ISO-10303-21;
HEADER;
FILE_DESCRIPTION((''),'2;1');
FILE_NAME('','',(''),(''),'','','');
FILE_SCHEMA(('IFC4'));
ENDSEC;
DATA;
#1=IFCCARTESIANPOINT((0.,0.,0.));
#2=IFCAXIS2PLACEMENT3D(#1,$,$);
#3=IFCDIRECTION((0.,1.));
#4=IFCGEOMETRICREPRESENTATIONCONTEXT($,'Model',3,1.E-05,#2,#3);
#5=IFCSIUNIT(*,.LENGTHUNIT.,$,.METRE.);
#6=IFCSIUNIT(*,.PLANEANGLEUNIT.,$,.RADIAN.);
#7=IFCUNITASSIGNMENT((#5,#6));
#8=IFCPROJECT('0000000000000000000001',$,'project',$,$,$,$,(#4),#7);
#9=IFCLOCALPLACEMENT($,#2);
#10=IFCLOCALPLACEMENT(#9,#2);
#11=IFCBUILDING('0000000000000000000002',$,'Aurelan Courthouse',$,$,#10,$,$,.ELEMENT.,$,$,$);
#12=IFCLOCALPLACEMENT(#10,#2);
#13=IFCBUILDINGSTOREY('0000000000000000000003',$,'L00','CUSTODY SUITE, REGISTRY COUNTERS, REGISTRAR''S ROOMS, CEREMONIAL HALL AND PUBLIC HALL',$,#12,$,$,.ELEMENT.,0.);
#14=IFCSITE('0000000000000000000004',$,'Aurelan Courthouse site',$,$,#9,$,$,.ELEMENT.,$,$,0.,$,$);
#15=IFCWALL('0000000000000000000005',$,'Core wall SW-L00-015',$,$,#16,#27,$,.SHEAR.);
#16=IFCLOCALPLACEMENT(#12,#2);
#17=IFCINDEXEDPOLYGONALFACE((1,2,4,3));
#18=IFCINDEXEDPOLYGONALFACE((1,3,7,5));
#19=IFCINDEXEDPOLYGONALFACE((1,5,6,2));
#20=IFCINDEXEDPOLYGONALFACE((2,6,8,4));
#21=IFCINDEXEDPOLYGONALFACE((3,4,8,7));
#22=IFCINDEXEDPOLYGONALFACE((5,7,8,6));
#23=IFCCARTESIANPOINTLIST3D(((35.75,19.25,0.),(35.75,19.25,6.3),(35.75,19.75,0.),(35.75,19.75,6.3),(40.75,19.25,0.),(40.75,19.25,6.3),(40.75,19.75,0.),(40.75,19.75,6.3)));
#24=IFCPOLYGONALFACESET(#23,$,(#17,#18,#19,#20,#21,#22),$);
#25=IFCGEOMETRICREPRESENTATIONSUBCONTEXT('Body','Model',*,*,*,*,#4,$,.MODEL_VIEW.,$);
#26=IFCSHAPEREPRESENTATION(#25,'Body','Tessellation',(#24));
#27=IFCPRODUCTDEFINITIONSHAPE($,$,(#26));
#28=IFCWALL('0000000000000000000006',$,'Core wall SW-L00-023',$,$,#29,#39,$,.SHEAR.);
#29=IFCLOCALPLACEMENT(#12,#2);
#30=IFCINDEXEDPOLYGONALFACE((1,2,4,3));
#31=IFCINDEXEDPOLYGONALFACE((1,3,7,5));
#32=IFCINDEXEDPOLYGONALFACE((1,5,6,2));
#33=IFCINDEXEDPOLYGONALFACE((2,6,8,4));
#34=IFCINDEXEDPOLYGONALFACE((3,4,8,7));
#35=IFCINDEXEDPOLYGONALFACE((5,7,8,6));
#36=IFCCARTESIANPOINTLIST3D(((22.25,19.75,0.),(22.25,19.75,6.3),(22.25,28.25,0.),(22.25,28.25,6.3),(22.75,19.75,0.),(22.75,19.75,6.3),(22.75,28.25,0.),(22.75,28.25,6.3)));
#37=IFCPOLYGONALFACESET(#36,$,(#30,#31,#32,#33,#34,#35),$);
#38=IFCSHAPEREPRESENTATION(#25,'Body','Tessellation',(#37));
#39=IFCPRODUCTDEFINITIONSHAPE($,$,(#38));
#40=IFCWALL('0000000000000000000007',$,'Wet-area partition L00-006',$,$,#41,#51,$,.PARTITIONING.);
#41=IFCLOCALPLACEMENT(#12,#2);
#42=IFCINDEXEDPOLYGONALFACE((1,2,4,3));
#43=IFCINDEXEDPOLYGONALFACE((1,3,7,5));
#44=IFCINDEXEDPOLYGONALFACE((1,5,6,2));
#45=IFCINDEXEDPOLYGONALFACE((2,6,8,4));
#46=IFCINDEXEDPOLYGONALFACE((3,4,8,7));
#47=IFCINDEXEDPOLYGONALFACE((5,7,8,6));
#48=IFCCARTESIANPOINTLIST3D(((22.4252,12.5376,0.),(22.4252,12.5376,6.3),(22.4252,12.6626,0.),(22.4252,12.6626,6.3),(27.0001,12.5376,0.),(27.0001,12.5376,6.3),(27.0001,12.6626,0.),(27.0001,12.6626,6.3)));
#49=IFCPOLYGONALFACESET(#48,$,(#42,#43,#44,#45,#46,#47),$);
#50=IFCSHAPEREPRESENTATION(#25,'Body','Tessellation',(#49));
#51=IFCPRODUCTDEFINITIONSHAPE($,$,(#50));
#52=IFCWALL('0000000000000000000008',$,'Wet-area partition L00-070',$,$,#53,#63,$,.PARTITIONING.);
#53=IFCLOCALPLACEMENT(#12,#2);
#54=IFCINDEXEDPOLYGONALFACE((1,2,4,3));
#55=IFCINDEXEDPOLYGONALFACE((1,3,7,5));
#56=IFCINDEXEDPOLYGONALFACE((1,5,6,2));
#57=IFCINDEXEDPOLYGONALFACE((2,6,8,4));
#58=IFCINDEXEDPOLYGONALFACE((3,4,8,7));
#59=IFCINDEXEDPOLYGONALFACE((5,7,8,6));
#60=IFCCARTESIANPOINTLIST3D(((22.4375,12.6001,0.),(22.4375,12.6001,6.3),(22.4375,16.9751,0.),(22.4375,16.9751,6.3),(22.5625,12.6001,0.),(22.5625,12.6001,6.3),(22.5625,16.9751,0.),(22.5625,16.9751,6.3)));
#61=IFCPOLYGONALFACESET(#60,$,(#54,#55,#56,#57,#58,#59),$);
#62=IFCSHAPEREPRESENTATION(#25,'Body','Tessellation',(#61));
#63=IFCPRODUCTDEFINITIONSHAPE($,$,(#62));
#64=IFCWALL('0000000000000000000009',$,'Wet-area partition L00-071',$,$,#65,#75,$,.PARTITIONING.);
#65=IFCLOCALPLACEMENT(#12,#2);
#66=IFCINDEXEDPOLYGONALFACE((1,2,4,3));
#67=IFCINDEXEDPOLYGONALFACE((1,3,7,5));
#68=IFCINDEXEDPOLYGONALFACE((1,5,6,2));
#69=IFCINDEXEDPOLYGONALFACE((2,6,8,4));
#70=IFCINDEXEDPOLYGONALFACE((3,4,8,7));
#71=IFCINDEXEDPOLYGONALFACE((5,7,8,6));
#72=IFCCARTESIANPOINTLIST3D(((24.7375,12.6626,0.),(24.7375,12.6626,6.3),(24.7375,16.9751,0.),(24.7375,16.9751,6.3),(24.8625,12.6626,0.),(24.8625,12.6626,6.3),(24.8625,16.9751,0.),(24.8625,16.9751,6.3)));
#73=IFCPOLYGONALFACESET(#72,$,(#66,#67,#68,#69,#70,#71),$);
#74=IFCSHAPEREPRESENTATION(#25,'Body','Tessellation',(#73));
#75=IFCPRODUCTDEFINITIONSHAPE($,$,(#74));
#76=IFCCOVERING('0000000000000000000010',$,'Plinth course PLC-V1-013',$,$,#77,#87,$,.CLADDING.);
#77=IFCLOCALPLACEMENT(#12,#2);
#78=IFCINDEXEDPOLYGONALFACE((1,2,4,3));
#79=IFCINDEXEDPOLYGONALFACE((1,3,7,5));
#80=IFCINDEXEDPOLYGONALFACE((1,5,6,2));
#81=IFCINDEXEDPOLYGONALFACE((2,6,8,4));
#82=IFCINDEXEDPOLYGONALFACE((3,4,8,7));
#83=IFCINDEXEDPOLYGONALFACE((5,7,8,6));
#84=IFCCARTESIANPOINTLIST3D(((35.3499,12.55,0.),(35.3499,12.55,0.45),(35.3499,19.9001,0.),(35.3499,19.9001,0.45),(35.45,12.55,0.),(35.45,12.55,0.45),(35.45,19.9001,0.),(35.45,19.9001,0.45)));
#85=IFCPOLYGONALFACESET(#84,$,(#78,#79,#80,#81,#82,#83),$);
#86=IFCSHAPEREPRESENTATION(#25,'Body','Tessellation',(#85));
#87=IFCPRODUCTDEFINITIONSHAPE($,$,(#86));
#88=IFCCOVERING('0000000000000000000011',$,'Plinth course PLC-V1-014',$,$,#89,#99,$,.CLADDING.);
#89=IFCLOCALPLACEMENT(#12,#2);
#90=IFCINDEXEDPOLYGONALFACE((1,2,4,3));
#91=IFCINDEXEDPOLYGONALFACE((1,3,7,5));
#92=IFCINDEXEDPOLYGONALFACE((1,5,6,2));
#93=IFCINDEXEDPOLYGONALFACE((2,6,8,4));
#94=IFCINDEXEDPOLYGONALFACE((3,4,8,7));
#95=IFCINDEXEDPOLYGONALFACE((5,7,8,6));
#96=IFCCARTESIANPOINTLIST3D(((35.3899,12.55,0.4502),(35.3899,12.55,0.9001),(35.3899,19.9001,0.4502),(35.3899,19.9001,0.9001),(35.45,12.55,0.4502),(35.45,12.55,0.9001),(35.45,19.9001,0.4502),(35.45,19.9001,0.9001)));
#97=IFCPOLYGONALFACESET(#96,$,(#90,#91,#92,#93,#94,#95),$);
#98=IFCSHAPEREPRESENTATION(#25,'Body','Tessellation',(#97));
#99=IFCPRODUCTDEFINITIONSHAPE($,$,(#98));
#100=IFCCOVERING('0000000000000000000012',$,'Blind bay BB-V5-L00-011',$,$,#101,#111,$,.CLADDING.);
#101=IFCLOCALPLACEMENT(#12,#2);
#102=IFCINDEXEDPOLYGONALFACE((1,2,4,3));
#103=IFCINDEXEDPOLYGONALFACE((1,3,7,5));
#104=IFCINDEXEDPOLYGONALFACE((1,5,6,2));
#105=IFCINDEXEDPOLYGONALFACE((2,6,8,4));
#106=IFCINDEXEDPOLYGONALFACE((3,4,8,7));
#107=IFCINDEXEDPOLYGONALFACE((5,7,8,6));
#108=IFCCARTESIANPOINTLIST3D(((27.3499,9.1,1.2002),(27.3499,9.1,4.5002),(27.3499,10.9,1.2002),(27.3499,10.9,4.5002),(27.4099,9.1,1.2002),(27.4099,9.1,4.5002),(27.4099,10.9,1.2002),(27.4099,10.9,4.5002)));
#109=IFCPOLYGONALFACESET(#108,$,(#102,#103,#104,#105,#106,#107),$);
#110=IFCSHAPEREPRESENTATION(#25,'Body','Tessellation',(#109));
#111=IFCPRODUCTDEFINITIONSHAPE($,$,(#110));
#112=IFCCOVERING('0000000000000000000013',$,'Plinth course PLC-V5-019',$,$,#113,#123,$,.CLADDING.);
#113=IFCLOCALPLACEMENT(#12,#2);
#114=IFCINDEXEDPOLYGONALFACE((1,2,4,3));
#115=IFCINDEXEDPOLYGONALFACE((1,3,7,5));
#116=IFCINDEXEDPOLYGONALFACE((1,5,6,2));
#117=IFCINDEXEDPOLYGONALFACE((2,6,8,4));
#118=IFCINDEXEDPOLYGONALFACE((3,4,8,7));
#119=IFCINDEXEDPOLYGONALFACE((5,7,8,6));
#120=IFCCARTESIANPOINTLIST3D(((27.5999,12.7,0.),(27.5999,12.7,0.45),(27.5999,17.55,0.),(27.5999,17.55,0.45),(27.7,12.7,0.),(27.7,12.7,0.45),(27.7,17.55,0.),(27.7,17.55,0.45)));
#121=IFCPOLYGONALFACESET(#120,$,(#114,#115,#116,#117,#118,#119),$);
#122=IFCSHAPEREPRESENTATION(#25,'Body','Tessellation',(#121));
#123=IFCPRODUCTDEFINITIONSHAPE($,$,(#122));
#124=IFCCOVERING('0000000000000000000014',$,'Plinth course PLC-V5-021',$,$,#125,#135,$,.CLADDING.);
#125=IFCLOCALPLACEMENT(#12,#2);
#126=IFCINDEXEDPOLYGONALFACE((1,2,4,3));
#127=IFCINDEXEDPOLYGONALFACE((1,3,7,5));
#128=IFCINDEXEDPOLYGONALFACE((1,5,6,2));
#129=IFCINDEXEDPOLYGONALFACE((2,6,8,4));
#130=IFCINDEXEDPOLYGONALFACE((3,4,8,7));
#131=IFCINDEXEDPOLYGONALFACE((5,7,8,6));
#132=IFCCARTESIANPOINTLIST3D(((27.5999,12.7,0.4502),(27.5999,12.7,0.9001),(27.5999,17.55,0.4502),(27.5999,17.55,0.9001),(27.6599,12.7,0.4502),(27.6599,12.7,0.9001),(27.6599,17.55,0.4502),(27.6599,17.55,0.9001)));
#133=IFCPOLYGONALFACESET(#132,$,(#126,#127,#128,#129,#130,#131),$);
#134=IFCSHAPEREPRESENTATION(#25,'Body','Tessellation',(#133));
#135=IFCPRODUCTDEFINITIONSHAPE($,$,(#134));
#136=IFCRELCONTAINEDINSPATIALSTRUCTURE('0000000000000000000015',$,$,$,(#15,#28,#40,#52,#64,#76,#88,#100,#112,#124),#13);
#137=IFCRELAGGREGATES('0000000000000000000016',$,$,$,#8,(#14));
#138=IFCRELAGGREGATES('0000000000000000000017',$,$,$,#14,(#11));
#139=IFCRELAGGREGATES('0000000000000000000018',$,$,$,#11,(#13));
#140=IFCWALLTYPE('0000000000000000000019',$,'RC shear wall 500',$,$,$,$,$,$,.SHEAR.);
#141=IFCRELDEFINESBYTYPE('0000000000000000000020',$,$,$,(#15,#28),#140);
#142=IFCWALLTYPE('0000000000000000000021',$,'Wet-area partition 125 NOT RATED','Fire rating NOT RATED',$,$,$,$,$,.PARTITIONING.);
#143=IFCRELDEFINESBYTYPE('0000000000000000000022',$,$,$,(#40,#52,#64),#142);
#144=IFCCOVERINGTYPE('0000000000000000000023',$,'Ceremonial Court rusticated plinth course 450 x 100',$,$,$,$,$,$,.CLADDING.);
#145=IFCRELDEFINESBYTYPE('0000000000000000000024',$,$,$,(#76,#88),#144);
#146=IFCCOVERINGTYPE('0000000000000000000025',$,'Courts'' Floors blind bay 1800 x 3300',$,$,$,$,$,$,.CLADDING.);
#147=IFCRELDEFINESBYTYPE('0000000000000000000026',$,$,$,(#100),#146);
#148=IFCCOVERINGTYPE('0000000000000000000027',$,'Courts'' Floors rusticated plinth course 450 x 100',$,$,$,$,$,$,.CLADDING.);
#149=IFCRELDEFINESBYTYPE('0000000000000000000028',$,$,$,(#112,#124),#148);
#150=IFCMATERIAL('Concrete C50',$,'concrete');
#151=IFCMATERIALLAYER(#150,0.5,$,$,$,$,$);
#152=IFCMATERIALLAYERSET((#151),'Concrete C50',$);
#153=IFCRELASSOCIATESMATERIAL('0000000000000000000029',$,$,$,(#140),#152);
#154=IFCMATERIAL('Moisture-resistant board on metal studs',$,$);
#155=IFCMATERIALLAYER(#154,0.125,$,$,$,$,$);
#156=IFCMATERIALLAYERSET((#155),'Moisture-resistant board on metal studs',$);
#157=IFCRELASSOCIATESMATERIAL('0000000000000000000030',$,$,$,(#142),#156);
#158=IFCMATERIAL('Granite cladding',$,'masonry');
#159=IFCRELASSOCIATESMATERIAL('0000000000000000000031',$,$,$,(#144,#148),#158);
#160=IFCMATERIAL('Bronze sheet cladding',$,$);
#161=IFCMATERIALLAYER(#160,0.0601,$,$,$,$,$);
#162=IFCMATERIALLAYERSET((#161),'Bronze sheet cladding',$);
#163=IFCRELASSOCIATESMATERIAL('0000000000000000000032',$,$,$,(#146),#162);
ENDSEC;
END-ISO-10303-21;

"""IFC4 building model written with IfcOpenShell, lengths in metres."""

from ifc_helpers import new_model, si_unit, direction, frame, frame_2d, origin, origin_2d, place, context, subcontext, project, spatial, rectangle, extrude, material, layer, layer_set, type_object, element, save


model = new_model("IFC4")

# Units and contexts
model_context = context("Model", 3, precision=1e-05, world=origin(), true_north=direction((0.0, 1.0)))
body_context = subcontext(model_context, "Body", "Model", "MODEL_VIEW")
ifc_project = project(units=[si_unit("LENGTHUNIT", "METRE"), si_unit("PLANEANGLEUNIT", "RADIAN")], contexts=[model_context])

# Site, building, storey
site_placement = place(None, origin())
site = spatial("IfcSite", under=ifc_project, at=site_placement, Name="Aurelan Courthouse site", CompositionType="ELEMENT", RefElevation=0.0)
building_placement = place(site_placement, origin())
building = spatial("IfcBuilding", under=site, at=building_placement, Name="Aurelan Courthouse", CompositionType="ELEMENT")
storey_placement = place(building_placement, origin())
storey = spatial("IfcBuildingStorey", under=building, at=storey_placement, Name="L00", Description="CUSTODY SUITE, REGISTRY COUNTERS, REGISTRAR'S ROOMS, CEREMONIAL HALL AND PUBLIC HALL", CompositionType="ELEMENT", Elevation=0.0)

# Shared definitions
ifc_material_1 = material(Name="Concrete C50", Category="concrete")

# Shared definitions
ifc_material_2 = material(Name="Granite cladding", Category="masonry")

# Walls
ifc_layer_1 = layer(ifc_material_1, 0.5)
ifc_layer_set_1 = layer_set([ifc_layer_1], Name="Concrete C50")
wall_type_1 = type_object("IfcWallType", Name="RC shear wall 500", PredefinedType="SHEAR", material=ifc_layer_set_1)
wall_1_placement = place(storey_placement, frame((35.75, 19.5, 0.0), z_axis=(0.0, 0.0, 1.0), x_axis=(1.0, 0.0, 0.0)))
element("IfcWall", 1, at=wall_1_placement, inside=storey, type_object=wall_type_1, Name="Core wall SW-L00-015", PredefinedType="SHEAR", context=body_context, shape_type="SweptSolid", body=[
    extrude(rectangle(XDim=5.0, YDim=0.5, at=frame_2d((2.5, 0.0))), origin(), (0.0, 0.0, 1.0), 6.3),
])
wall_2_placement = place(storey_placement, frame((22.5, 19.75, 0.0), z_axis=(0.0, 0.0, 1.0), x_axis=(0.0, 1.0, 0.0)))
element("IfcWall", 2, at=wall_2_placement, inside=storey, type_object=wall_type_1, Name="Core wall SW-L00-023", PredefinedType="SHEAR", context=body_context, shape_type="SweptSolid", body=[
    extrude(rectangle(XDim=8.5, YDim=0.5, at=frame_2d((4.25, 0.0))), origin(), (0.0, 0.0, 1.0), 6.3),
])
ifc_material_3 = material(Name="Moisture-resistant board on metal studs")
ifc_layer_2 = layer(ifc_material_3, 0.125)
ifc_layer_set_2 = layer_set([ifc_layer_2], Name="Moisture-resistant board on metal studs")
wall_type_2 = type_object("IfcWallType", Name="Wet-area partition 125 NOT RATED", Description="Fire rating NOT RATED", PredefinedType="PARTITIONING", material=ifc_layer_set_2)
wall_3_placement = place(storey_placement, frame((22.425, 12.6001, 0.0), z_axis=(0.0, 0.0, 1.0), x_axis=(1.0, 0.0, 0.0)))
element("IfcWall", 3, at=wall_3_placement, inside=storey, type_object=wall_type_2, Name="Wet-area partition L00-006", PredefinedType="PARTITIONING", context=body_context, shape_type="SweptSolid", body=[
    extrude(rectangle(XDim=4.575, YDim=0.125, at=frame_2d((2.2876, 0.0))), origin(), (0.0, 0.0, 1.0), 6.3),
])
wall_4_placement = place(storey_placement, frame((22.5, 12.6001, 0.0), z_axis=(0.0, 0.0, 1.0), x_axis=(0.0, 1.0, 0.0)))
element("IfcWall", 4, at=wall_4_placement, inside=storey, type_object=wall_type_2, Name="Wet-area partition L00-070", PredefinedType="PARTITIONING", context=body_context, shape_type="SweptSolid", body=[
    extrude(rectangle(XDim=4.375, YDim=0.125, at=frame_2d((2.1875, 0.0))), origin(), (0.0, 0.0, 1.0), 6.3),
])
wall_5_placement = place(storey_placement, frame((24.8, 12.6626, 0.0), z_axis=(0.0, 0.0, 1.0), x_axis=(0.0, 1.0, 0.0)))
element("IfcWall", 5, at=wall_5_placement, inside=storey, type_object=wall_type_2, Name="Wet-area partition L00-071", PredefinedType="PARTITIONING", context=body_context, shape_type="SweptSolid", body=[
    extrude(rectangle(XDim=4.3125, YDim=0.125, at=frame_2d((2.1562, 0.0))), origin(), (0.0, 0.0, 1.0), 6.3),
])

# Coverings
covering_type_1 = type_object("IfcCoveringType", Name="Ceremonial Court rusticated plinth course 450 x 100", PredefinedType="CLADDING", material=ifc_material_2)
covering_1_placement = place(storey_placement, frame((35.3999, 16.2251, 0.0), z_axis=(0.0, 0.0, 1.0), x_axis=(1.0, 0.0, 0.0)))
element("IfcCovering", 6, at=covering_1_placement, inside=storey, type_object=covering_type_1, Name="Plinth course PLC-V1-013", PredefinedType="CLADDING", context=body_context, shape_type="SweptSolid", body=[
    extrude(rectangle(XDim=0.1001, YDim=7.3501, at=origin_2d()), origin(), (0.0, 0.0, 1.0), 0.45),
])
covering_2_placement = place(storey_placement, frame((35.4199, 16.2251, 0.4502), z_axis=(0.0, 0.0, 1.0), x_axis=(1.0, 0.0, 0.0)))
element("IfcCovering", 7, at=covering_2_placement, inside=storey, type_object=covering_type_1, Name="Plinth course PLC-V1-014", PredefinedType="CLADDING", context=body_context, shape_type="SweptSolid", body=[
    extrude(rectangle(XDim=0.0601, YDim=7.3501, at=origin_2d()), origin(), (0.0, 0.0, 1.0), 0.45),
])
ifc_material_4 = material(Name="Bronze sheet cladding")
ifc_layer_3 = layer(ifc_material_4, 0.0601)
ifc_layer_set_3 = layer_set([ifc_layer_3], Name="Bronze sheet cladding")
covering_type_2 = type_object("IfcCoveringType", Name="Courts' Floors blind bay 1800 x 3300", PredefinedType="CLADDING", material=ifc_layer_set_3)
covering_3_placement = place(storey_placement, frame((27.3799, 10.0, 1.2002), z_axis=(0.0, 0.0, 1.0), x_axis=(1.0, 0.0, 0.0)))
element("IfcCovering", 8, at=covering_3_placement, inside=storey, type_object=covering_type_2, Name="Blind bay BB-V5-L00-011", PredefinedType="CLADDING", context=body_context, shape_type="SweptSolid", body=[
    extrude(rectangle(XDim=0.0601, YDim=1.8, at=origin_2d()), origin(), (0.0, 0.0, 1.0), 3.3),
])
covering_type_3 = type_object("IfcCoveringType", Name="Courts' Floors rusticated plinth course 450 x 100", PredefinedType="CLADDING", material=ifc_material_2)
covering_4_placement = place(storey_placement, frame((27.6499, 15.125, 0.0), z_axis=(0.0, 0.0, 1.0), x_axis=(1.0, 0.0, 0.0)))
element("IfcCovering", 9, at=covering_4_placement, inside=storey, type_object=covering_type_3, Name="Plinth course PLC-V5-019", PredefinedType="CLADDING", context=body_context, shape_type="SweptSolid", body=[
    extrude(rectangle(XDim=0.1001, YDim=4.8501, at=origin_2d()), origin(), (0.0, 0.0, 1.0), 0.45),
])
covering_5_placement = place(storey_placement, frame((27.6299, 15.125, 0.4502), z_axis=(0.0, 0.0, 1.0), x_axis=(1.0, 0.0, 0.0)))
element("IfcCovering", 10, at=covering_5_placement, inside=storey, type_object=covering_type_3, Name="Plinth course PLC-V5-021", PredefinedType="CLADDING", context=body_context, shape_type="SweptSolid", body=[
    extrude(rectangle(XDim=0.0601, YDim=4.8501, at=origin_2d()), origin(), (0.0, 0.0, 1.0), 0.45),
])

save(model, "model.ifc")
